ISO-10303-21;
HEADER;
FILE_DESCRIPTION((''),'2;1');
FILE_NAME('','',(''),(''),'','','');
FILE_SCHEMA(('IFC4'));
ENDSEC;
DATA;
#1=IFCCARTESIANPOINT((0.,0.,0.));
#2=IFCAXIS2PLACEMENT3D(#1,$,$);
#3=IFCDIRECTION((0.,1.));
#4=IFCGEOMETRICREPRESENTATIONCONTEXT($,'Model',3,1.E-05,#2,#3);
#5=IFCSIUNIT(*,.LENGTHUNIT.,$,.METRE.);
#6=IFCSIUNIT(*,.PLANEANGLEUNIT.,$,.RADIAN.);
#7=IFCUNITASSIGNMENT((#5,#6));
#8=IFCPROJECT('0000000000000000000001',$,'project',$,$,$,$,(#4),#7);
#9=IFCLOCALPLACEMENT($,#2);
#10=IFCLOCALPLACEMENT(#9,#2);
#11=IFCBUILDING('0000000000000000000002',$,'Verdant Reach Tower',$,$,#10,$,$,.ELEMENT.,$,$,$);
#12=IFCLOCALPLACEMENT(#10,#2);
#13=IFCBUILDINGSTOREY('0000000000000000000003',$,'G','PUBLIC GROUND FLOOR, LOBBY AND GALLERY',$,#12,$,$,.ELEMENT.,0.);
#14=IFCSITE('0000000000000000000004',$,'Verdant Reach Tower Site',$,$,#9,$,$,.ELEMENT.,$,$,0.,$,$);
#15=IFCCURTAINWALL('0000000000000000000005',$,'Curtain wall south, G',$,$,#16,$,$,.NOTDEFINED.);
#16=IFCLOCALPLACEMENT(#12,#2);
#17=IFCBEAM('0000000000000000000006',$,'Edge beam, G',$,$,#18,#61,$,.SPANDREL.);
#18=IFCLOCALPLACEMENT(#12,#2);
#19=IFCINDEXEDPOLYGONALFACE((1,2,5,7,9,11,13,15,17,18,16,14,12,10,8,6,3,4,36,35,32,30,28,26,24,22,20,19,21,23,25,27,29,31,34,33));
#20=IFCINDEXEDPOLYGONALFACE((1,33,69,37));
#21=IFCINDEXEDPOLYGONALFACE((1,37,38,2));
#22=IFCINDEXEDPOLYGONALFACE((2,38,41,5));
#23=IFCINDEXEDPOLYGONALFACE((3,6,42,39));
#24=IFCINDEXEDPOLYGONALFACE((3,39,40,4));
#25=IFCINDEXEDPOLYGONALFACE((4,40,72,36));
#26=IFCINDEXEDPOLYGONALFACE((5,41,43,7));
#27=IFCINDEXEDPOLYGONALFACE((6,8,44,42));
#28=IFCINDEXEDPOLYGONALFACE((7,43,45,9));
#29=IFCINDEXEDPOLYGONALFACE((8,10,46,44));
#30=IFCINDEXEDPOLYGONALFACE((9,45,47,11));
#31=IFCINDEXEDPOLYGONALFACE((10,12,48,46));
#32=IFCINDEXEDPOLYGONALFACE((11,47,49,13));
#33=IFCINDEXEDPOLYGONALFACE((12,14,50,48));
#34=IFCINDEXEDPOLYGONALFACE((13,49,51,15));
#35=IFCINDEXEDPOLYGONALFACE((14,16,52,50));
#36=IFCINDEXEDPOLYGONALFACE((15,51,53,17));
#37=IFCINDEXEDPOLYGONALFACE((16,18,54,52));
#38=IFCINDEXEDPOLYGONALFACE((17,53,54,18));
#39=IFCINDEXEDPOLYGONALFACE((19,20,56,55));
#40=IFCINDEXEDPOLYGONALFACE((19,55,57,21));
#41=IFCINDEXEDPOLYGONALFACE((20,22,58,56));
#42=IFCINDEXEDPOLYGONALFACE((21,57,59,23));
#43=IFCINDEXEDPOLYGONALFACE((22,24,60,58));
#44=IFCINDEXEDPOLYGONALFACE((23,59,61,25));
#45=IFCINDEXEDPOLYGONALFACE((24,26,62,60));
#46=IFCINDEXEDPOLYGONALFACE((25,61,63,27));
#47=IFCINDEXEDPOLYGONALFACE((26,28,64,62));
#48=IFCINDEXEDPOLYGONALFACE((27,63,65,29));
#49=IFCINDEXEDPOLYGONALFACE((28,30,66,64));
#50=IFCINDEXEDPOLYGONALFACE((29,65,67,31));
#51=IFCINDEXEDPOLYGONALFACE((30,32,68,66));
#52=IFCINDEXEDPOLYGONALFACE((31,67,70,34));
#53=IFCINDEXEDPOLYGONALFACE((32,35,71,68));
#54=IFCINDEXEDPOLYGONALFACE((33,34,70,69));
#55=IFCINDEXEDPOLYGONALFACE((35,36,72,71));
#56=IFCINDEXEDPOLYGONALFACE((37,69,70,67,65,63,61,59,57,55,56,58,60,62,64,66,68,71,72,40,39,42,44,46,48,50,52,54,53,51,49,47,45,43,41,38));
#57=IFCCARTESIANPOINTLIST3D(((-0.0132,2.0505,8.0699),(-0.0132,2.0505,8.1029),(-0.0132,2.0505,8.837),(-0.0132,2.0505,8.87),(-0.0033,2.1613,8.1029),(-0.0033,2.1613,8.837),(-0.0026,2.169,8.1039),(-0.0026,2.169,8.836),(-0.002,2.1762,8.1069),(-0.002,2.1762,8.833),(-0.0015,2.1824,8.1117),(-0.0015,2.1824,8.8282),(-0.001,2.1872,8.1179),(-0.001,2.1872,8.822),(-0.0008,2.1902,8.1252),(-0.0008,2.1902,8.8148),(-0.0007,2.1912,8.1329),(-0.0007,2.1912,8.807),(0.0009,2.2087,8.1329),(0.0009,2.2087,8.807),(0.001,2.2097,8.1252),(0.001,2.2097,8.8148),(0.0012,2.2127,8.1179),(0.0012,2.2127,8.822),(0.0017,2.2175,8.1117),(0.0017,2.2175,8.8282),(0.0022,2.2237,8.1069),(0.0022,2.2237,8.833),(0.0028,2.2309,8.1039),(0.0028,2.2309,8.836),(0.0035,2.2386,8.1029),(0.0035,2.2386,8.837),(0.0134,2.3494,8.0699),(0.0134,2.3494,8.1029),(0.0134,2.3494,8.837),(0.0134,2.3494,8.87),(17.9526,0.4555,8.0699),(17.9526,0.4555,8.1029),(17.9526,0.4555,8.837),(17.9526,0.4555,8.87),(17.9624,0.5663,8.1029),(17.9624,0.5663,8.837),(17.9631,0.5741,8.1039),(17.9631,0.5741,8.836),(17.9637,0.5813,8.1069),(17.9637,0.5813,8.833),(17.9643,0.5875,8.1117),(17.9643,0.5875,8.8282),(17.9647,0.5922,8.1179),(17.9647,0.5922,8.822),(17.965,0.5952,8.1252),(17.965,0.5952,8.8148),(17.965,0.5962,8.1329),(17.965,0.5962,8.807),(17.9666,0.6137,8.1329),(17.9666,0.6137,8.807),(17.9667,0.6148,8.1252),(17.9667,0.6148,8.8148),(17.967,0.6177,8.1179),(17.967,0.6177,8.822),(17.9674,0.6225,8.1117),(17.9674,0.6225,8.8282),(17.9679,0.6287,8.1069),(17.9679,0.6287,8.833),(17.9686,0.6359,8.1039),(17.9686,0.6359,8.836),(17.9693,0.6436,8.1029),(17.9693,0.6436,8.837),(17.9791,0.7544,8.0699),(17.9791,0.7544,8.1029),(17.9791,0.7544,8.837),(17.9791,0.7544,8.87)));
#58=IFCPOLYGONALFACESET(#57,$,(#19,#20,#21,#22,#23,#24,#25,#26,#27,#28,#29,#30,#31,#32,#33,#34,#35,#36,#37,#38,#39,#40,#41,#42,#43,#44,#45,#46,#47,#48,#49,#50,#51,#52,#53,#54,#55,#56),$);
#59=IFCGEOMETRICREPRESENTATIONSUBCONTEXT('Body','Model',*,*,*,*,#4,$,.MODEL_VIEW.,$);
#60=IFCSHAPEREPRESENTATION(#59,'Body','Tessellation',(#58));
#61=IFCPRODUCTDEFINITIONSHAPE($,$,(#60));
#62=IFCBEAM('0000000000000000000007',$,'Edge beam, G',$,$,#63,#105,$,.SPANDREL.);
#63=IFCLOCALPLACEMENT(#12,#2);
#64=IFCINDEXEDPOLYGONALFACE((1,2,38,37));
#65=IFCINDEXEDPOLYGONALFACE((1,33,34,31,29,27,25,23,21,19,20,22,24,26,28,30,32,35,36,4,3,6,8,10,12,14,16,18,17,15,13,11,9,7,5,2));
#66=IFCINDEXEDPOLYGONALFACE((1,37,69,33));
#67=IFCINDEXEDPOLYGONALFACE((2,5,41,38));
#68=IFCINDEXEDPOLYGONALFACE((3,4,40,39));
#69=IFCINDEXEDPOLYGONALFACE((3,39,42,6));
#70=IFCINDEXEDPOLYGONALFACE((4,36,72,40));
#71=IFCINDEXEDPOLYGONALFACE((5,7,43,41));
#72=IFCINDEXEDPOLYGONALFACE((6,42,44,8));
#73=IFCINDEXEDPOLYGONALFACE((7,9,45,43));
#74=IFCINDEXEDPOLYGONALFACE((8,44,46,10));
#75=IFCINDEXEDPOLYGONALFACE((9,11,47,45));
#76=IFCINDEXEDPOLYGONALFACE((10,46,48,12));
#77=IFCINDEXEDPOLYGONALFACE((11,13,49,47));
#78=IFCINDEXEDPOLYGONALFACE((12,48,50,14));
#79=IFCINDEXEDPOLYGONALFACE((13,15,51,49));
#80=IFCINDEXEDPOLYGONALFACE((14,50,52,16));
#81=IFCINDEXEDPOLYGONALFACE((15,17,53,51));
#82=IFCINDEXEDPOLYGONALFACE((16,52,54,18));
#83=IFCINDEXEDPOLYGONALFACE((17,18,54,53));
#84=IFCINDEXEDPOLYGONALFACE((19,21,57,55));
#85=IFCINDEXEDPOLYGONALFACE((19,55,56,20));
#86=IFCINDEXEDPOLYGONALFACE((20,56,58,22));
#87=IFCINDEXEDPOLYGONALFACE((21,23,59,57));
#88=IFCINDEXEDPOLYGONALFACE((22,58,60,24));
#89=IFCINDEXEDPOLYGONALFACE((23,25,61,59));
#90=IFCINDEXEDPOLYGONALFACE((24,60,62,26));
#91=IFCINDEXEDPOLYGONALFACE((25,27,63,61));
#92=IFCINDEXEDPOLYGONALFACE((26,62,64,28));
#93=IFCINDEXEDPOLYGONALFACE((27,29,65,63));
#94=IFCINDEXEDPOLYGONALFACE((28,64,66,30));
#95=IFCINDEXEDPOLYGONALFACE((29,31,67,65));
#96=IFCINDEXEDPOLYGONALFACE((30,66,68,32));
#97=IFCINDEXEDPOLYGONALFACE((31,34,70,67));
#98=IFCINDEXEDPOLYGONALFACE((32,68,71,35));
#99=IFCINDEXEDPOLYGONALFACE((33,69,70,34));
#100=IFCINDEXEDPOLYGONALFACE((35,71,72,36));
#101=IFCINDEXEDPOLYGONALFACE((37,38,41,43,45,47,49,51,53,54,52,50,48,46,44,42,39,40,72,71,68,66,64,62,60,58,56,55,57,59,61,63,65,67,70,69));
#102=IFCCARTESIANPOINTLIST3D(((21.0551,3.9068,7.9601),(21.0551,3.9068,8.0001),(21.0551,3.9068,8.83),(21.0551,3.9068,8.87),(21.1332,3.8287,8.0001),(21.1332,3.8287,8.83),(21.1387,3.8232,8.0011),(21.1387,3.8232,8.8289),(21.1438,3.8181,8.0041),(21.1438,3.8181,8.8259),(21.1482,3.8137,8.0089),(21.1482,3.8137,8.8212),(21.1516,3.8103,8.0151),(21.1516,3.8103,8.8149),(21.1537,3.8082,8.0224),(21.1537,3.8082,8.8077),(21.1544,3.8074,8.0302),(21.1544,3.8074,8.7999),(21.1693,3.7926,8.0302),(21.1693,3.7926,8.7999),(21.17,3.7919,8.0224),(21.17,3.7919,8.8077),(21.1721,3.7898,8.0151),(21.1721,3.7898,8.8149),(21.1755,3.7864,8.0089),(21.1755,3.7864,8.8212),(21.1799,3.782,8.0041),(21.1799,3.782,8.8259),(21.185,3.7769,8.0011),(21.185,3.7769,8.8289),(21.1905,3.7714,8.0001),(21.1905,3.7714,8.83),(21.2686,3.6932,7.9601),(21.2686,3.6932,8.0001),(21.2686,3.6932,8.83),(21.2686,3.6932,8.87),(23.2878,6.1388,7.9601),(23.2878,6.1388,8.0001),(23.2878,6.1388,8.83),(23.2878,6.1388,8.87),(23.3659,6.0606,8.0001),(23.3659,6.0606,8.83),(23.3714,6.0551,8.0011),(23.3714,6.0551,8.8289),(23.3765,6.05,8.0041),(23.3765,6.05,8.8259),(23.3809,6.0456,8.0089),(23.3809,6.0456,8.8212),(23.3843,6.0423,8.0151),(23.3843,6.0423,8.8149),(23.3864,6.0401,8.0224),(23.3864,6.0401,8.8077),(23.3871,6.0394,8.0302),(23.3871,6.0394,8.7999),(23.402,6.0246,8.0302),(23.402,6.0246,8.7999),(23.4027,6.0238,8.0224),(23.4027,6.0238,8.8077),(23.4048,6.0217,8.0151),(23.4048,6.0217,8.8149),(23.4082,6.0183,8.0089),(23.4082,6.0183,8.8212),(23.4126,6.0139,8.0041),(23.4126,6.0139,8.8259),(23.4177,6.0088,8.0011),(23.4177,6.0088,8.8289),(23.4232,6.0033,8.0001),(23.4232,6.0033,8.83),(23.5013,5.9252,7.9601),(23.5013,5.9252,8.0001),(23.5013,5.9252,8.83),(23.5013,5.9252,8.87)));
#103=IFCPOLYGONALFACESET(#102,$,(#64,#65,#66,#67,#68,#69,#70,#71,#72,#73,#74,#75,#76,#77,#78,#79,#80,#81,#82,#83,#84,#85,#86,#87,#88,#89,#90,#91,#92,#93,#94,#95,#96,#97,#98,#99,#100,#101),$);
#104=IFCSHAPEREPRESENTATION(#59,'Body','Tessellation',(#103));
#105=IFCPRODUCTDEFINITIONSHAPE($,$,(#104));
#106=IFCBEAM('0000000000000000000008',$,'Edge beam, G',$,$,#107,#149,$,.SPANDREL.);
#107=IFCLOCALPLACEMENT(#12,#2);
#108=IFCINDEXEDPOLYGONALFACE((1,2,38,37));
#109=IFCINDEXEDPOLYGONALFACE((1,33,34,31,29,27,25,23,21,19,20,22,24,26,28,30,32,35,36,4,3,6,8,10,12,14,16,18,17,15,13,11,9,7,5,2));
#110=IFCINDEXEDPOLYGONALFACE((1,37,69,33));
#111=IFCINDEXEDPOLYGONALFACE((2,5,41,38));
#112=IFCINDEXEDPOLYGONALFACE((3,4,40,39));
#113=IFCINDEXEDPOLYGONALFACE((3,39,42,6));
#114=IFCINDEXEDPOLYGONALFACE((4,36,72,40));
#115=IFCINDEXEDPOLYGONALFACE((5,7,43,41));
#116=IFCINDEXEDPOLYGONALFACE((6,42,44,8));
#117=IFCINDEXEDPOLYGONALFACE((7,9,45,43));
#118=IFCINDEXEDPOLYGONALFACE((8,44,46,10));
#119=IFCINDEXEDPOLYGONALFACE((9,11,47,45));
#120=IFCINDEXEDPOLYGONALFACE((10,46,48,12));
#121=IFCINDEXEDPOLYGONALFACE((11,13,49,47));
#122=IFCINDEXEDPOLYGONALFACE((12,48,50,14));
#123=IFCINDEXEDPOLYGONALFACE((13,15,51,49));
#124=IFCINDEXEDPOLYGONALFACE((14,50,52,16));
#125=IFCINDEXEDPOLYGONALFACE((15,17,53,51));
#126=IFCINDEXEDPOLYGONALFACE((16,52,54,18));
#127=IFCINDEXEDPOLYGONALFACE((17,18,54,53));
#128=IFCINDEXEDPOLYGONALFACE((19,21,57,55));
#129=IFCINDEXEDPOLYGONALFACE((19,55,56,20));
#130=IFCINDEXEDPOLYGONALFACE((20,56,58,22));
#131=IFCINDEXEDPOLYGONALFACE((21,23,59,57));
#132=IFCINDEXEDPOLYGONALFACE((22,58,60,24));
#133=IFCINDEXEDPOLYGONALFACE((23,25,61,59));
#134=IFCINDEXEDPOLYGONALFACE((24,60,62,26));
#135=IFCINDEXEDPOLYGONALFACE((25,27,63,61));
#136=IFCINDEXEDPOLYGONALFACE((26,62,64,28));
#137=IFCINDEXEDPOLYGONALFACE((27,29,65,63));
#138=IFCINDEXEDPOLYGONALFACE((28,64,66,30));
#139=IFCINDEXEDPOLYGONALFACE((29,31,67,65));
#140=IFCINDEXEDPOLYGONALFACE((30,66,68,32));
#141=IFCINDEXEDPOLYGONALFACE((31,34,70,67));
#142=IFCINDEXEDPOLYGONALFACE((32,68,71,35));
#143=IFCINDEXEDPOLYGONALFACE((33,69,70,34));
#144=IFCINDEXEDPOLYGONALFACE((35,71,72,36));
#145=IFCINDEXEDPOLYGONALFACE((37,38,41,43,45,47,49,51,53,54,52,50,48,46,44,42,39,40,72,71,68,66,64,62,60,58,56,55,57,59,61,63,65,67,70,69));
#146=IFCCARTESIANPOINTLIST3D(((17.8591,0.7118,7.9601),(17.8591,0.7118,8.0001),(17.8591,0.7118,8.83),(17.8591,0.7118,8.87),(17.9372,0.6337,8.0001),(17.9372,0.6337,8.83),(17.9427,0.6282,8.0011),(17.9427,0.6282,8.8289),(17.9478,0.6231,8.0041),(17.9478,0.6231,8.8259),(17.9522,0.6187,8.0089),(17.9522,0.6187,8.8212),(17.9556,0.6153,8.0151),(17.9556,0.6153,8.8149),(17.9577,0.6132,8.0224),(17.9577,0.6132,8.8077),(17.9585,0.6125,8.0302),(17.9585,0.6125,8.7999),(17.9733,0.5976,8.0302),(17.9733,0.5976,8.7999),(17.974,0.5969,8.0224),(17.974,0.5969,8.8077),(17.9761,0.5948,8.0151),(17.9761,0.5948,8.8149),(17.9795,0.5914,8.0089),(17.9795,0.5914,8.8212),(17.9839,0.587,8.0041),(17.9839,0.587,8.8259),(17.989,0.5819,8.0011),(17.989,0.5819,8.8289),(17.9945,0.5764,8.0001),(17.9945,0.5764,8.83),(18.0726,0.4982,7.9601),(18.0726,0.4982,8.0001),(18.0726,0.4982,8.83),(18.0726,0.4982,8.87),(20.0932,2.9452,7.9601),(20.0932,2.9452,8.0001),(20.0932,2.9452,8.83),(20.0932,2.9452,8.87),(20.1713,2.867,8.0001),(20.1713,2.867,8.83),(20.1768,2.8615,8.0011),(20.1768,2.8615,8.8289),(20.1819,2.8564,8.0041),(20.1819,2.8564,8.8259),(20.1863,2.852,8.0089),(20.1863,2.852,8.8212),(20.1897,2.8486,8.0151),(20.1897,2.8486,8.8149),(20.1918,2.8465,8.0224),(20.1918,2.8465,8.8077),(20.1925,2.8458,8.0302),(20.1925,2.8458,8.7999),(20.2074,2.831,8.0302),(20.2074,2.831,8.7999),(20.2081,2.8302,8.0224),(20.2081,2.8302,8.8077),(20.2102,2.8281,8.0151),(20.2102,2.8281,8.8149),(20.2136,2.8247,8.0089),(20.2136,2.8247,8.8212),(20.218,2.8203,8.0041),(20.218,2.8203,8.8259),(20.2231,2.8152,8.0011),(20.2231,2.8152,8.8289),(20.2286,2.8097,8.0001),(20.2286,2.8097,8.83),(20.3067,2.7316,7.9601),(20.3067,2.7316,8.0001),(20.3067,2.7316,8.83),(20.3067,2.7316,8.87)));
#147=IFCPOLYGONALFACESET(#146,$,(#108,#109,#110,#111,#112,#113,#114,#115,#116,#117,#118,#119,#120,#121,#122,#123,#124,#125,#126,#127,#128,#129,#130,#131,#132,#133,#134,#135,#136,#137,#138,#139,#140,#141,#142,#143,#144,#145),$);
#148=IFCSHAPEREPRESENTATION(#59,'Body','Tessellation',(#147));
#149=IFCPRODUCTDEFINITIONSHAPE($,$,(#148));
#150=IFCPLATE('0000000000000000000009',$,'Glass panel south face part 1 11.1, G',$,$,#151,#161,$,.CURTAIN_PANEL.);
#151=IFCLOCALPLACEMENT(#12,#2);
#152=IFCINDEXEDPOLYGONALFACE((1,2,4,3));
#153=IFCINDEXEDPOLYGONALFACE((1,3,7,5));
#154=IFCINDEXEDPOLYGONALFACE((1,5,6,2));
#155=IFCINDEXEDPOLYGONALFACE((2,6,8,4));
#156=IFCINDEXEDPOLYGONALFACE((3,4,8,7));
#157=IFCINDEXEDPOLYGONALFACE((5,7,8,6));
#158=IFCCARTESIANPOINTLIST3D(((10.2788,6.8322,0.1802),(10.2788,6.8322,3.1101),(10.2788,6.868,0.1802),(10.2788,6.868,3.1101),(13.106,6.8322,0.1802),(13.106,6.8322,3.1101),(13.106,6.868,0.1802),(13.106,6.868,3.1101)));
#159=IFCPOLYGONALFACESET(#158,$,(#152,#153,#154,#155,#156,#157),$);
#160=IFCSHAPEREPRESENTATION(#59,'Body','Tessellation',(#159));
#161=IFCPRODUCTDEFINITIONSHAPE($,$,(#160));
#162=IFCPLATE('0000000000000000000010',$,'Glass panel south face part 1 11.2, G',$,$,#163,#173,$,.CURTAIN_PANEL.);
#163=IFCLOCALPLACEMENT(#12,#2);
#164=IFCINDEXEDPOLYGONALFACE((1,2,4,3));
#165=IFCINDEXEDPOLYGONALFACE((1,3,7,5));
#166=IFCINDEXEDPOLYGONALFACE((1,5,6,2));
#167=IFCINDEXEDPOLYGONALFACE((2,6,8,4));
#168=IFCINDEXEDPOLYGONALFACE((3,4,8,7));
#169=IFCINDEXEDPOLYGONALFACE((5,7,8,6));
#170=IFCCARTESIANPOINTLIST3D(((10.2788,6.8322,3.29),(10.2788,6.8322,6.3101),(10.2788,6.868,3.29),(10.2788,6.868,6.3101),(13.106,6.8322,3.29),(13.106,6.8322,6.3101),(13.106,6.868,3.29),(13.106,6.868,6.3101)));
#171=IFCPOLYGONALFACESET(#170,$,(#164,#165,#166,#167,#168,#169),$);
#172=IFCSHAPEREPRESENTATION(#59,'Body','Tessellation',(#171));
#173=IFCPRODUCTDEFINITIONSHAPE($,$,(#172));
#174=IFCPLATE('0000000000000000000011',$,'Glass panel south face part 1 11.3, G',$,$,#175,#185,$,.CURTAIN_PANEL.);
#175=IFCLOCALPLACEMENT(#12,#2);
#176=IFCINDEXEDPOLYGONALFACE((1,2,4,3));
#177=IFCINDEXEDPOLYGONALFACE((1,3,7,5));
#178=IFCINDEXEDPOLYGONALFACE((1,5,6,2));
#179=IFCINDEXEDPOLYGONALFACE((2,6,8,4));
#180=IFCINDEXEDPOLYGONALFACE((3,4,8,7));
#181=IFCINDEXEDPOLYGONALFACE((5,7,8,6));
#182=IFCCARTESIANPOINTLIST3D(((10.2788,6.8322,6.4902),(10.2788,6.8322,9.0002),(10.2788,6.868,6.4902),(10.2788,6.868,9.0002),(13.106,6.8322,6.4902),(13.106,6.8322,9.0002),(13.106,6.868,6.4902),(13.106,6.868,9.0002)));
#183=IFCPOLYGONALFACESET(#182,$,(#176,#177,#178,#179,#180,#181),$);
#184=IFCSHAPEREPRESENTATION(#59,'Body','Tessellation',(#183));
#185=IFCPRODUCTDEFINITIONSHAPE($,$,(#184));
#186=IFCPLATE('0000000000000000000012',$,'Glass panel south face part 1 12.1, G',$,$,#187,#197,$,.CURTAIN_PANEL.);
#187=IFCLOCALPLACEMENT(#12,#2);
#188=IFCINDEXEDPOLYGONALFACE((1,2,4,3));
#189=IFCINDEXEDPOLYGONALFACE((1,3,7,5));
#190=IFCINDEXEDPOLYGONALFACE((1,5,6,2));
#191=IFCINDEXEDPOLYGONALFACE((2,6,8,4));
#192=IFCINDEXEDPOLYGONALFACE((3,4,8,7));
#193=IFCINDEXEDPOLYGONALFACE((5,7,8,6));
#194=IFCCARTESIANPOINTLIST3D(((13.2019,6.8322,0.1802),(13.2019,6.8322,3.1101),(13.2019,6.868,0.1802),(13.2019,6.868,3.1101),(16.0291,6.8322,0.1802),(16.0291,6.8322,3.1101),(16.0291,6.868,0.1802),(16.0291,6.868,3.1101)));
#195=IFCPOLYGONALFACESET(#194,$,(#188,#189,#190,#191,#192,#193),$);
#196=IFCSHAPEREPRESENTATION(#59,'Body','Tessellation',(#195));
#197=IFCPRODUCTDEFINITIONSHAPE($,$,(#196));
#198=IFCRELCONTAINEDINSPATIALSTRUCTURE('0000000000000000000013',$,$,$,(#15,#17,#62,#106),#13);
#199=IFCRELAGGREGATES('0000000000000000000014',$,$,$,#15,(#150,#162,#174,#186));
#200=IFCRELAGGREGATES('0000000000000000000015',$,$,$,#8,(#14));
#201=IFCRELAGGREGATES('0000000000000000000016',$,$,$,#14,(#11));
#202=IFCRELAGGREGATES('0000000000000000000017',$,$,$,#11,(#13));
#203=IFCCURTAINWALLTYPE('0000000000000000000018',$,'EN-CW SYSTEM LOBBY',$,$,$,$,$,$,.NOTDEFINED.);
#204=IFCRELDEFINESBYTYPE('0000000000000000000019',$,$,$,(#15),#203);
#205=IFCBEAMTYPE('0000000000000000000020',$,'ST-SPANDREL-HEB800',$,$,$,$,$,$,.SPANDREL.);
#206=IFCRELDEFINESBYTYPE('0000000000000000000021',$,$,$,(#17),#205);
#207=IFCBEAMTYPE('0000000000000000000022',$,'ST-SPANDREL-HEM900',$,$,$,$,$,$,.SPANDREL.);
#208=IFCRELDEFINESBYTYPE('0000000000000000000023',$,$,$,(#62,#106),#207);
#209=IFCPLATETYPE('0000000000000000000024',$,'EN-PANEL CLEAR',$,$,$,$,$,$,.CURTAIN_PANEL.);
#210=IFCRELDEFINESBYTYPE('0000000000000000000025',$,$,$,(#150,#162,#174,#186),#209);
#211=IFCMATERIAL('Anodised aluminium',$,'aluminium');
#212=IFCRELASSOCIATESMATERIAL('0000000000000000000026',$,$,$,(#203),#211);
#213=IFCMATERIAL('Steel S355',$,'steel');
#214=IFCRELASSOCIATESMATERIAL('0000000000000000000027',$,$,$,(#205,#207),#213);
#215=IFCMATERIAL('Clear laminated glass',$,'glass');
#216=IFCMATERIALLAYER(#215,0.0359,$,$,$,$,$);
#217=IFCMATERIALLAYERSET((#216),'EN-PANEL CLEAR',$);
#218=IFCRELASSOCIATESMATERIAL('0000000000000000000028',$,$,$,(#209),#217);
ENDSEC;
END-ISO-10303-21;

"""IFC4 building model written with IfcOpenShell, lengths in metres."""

from ifc_helpers import new_model, si_unit, direction, frame, origin, origin_2d, place, context, subcontext, project, spatial, rectangle, i_section, extrude, material, layer, layer_set, material_profile, profile_set, type_object, element, aggregate, save


model = new_model("IFC4")

# Units and contexts
model_context = context("Model", 3, precision=1e-05, world=origin(), true_north=direction((0.0, 1.0)))
body_context = subcontext(model_context, "Body", "Model", "MODEL_VIEW")
ifc_project = project(units=[si_unit("LENGTHUNIT", "METRE"), si_unit("PLANEANGLEUNIT", "RADIAN")], contexts=[model_context])

# Site, building, storey
site_placement = place(None, origin())
site = spatial("IfcSite", under=ifc_project, at=site_placement, Name="Verdant Reach Tower Site", CompositionType="ELEMENT", RefElevation=0.0)
building_placement = place(site_placement, origin())
building = spatial("IfcBuilding", under=site, at=building_placement, Name="Verdant Reach Tower", CompositionType="ELEMENT")
storey_placement = place(building_placement, origin())
storey = spatial("IfcBuildingStorey", under=building, at=storey_placement, Name="G", Description="PUBLIC GROUND FLOOR, LOBBY AND GALLERY", CompositionType="ELEMENT", Elevation=0.0)

# Curtain wall
ifc_material_1 = material(Name="Anodised aluminium", Category="aluminium")
curtain_wall_type = type_object("IfcCurtainWallType", Name="EN-CW SYSTEM LOBBY", PredefinedType="NOTDEFINED", material=ifc_material_1)
curtain_wall_1_placement = place(storey_placement, origin())
curtain_wall_1 = element("IfcCurtainWall", 1, at=curtain_wall_1_placement, inside=storey, type_object=curtain_wall_type, Name="Curtain wall south, G", PredefinedType="NOTDEFINED")

# Beams
ifc_material_2 = material(Name="Steel S355", Category="steel")
ifc_material_profile_1 = material_profile(ifc_material_2, i_section(OverallWidth=0.3, OverallDepth=0.8, WebThickness=0.0176, FlangeThickness=0.033, FilletRadius=0.03, at=origin_2d()), Name="HEB 800")
ifc_profile_set_1 = profile_set([ifc_material_profile_1], Name="Steel S355")
beam_type_1 = type_object("IfcBeamType", Name="ST-SPANDREL-HEB800", PredefinedType="SPANDREL", material=ifc_profile_set_1)
beam_1_placement = place(storey_placement, frame((17.9658, 0.605, 8.47), z_axis=(-0.996082, 0.08843, 0.0), x_axis=(-0.08843, -0.996082, 0.0)))
element("IfcBeam", 2, at=beam_1_placement, inside=storey, type_object=beam_type_1, Name="Edge beam, G", PredefinedType="SPANDREL", context=body_context, shape_type="SweptSolid", body=[
    extrude(i_section(OverallWidth=0.3, OverallDepth=0.8, WebThickness=0.0176, FlangeThickness=0.033, FilletRadius=0.03, at=origin_2d()), origin(), (0.0, 0.0, 1.0), 18.0364),
])
ifc_material_profile_2 = material_profile(ifc_material_2, i_section(OverallWidth=0.302, OverallDepth=0.9099, WebThickness=0.021, FlangeThickness=0.04, FilletRadius=0.03, at=origin_2d()), Name="HEM 900")
ifc_profile_set_2 = profile_set([ifc_material_profile_2], Name="Steel S355")
beam_type_2 = type_object("IfcBeamType", Name="ST-SPANDREL-HEM900", PredefinedType="SPANDREL", material=ifc_profile_set_2)
beam_2_placement = place(storey_placement, frame((23.3945, 6.032, 8.415), z_axis=(-0.707223, -0.706991, 0.0), x_axis=(0.706991, -0.707223, 0.0)))
element("IfcBeam", 3, at=beam_2_placement, inside=storey, type_object=beam_type_2, Name="Edge beam, G", PredefinedType="SPANDREL", context=body_context, shape_type="SweptSolid", body=[
    extrude(i_section(OverallWidth=0.302, OverallDepth=0.9099, WebThickness=0.021, FlangeThickness=0.04, FilletRadius=0.03, at=origin_2d()), origin(), (0.0, 0.0, 1.0), 3.157),
])
beam_3_placement = place(storey_placement, frame((20.2, 2.8384, 8.415), z_axis=(-0.707223, -0.706991, 0.0), x_axis=(0.706991, -0.707223, 0.0)))
element("IfcBeam", 4, at=beam_3_placement, inside=storey, type_object=beam_type_2, Name="Edge beam, G", PredefinedType="SPANDREL", context=body_context, shape_type="SweptSolid", body=[
    extrude(i_section(OverallWidth=0.302, OverallDepth=0.9099, WebThickness=0.021, FlangeThickness=0.04, FilletRadius=0.03, at=origin_2d()), origin(), (0.0, 0.0, 1.0), 3.1589),
])

# Plates
ifc_material_3 = material(Name="Clear laminated glass", Category="glass")
ifc_layer = layer(ifc_material_3, 0.0359)
ifc_layer_set = layer_set([ifc_layer], Name="EN-PANEL CLEAR")
plate_type = type_object("IfcPlateType", Name="EN-PANEL CLEAR", PredefinedType="CURTAIN_PANEL", material=ifc_layer_set)
plate_1_placement = place(storey_placement, frame((11.6924, 6.8501, 0.1802), z_axis=(0.0, 0.0, 1.0), x_axis=(1.0, 0.0, 0.0)))
plate_1 = element("IfcPlate", 5, at=plate_1_placement, type_object=plate_type, Name="Glass panel south face part 1 11.1, G", PredefinedType="CURTAIN_PANEL", context=body_context, shape_type="SweptSolid", body=[
    extrude(rectangle(XDim=2.8271, YDim=0.0359, at=origin_2d()), origin(), (0.0, 0.0, 1.0), 2.9299),
])
plate_2_placement = place(storey_placement, frame((11.6924, 6.8501, 3.29), z_axis=(0.0, 0.0, 1.0), x_axis=(1.0, 0.0, 0.0)))
plate_2 = element("IfcPlate", 6, at=plate_2_placement, type_object=plate_type, Name="Glass panel south face part 1 11.2, G", PredefinedType="CURTAIN_PANEL", context=body_context, shape_type="SweptSolid", body=[
    extrude(rectangle(XDim=2.8271, YDim=0.0359, at=origin_2d()), origin(), (0.0, 0.0, 1.0), 3.02),
])
plate_3_placement = place(storey_placement, frame((11.6924, 6.8501, 6.4902), z_axis=(0.0, 0.0, 1.0), x_axis=(1.0, 0.0, 0.0)))
plate_3 = element("IfcPlate", 7, at=plate_3_placement, type_object=plate_type, Name="Glass panel south face part 1 11.3, G", PredefinedType="CURTAIN_PANEL", context=body_context, shape_type="SweptSolid", body=[
    extrude(rectangle(XDim=2.8271, YDim=0.0359, at=origin_2d()), origin(), (0.0, 0.0, 1.0), 2.51),
])
plate_4_placement = place(storey_placement, frame((14.6155, 6.8501, 0.1802), z_axis=(0.0, 0.0, 1.0), x_axis=(1.0, 0.0, 0.0)))
plate_4 = element("IfcPlate", 8, at=plate_4_placement, type_object=plate_type, Name="Glass panel south face part 1 12.1, G", PredefinedType="CURTAIN_PANEL", context=body_context, shape_type="SweptSolid", body=[
    extrude(rectangle(XDim=2.8271, YDim=0.0359, at=origin_2d()), origin(), (0.0, 0.0, 1.0), 2.9299),
])
aggregate(curtain_wall_1, [plate_1, plate_2, plate_3, plate_4])

save(model, "model.ifc")
